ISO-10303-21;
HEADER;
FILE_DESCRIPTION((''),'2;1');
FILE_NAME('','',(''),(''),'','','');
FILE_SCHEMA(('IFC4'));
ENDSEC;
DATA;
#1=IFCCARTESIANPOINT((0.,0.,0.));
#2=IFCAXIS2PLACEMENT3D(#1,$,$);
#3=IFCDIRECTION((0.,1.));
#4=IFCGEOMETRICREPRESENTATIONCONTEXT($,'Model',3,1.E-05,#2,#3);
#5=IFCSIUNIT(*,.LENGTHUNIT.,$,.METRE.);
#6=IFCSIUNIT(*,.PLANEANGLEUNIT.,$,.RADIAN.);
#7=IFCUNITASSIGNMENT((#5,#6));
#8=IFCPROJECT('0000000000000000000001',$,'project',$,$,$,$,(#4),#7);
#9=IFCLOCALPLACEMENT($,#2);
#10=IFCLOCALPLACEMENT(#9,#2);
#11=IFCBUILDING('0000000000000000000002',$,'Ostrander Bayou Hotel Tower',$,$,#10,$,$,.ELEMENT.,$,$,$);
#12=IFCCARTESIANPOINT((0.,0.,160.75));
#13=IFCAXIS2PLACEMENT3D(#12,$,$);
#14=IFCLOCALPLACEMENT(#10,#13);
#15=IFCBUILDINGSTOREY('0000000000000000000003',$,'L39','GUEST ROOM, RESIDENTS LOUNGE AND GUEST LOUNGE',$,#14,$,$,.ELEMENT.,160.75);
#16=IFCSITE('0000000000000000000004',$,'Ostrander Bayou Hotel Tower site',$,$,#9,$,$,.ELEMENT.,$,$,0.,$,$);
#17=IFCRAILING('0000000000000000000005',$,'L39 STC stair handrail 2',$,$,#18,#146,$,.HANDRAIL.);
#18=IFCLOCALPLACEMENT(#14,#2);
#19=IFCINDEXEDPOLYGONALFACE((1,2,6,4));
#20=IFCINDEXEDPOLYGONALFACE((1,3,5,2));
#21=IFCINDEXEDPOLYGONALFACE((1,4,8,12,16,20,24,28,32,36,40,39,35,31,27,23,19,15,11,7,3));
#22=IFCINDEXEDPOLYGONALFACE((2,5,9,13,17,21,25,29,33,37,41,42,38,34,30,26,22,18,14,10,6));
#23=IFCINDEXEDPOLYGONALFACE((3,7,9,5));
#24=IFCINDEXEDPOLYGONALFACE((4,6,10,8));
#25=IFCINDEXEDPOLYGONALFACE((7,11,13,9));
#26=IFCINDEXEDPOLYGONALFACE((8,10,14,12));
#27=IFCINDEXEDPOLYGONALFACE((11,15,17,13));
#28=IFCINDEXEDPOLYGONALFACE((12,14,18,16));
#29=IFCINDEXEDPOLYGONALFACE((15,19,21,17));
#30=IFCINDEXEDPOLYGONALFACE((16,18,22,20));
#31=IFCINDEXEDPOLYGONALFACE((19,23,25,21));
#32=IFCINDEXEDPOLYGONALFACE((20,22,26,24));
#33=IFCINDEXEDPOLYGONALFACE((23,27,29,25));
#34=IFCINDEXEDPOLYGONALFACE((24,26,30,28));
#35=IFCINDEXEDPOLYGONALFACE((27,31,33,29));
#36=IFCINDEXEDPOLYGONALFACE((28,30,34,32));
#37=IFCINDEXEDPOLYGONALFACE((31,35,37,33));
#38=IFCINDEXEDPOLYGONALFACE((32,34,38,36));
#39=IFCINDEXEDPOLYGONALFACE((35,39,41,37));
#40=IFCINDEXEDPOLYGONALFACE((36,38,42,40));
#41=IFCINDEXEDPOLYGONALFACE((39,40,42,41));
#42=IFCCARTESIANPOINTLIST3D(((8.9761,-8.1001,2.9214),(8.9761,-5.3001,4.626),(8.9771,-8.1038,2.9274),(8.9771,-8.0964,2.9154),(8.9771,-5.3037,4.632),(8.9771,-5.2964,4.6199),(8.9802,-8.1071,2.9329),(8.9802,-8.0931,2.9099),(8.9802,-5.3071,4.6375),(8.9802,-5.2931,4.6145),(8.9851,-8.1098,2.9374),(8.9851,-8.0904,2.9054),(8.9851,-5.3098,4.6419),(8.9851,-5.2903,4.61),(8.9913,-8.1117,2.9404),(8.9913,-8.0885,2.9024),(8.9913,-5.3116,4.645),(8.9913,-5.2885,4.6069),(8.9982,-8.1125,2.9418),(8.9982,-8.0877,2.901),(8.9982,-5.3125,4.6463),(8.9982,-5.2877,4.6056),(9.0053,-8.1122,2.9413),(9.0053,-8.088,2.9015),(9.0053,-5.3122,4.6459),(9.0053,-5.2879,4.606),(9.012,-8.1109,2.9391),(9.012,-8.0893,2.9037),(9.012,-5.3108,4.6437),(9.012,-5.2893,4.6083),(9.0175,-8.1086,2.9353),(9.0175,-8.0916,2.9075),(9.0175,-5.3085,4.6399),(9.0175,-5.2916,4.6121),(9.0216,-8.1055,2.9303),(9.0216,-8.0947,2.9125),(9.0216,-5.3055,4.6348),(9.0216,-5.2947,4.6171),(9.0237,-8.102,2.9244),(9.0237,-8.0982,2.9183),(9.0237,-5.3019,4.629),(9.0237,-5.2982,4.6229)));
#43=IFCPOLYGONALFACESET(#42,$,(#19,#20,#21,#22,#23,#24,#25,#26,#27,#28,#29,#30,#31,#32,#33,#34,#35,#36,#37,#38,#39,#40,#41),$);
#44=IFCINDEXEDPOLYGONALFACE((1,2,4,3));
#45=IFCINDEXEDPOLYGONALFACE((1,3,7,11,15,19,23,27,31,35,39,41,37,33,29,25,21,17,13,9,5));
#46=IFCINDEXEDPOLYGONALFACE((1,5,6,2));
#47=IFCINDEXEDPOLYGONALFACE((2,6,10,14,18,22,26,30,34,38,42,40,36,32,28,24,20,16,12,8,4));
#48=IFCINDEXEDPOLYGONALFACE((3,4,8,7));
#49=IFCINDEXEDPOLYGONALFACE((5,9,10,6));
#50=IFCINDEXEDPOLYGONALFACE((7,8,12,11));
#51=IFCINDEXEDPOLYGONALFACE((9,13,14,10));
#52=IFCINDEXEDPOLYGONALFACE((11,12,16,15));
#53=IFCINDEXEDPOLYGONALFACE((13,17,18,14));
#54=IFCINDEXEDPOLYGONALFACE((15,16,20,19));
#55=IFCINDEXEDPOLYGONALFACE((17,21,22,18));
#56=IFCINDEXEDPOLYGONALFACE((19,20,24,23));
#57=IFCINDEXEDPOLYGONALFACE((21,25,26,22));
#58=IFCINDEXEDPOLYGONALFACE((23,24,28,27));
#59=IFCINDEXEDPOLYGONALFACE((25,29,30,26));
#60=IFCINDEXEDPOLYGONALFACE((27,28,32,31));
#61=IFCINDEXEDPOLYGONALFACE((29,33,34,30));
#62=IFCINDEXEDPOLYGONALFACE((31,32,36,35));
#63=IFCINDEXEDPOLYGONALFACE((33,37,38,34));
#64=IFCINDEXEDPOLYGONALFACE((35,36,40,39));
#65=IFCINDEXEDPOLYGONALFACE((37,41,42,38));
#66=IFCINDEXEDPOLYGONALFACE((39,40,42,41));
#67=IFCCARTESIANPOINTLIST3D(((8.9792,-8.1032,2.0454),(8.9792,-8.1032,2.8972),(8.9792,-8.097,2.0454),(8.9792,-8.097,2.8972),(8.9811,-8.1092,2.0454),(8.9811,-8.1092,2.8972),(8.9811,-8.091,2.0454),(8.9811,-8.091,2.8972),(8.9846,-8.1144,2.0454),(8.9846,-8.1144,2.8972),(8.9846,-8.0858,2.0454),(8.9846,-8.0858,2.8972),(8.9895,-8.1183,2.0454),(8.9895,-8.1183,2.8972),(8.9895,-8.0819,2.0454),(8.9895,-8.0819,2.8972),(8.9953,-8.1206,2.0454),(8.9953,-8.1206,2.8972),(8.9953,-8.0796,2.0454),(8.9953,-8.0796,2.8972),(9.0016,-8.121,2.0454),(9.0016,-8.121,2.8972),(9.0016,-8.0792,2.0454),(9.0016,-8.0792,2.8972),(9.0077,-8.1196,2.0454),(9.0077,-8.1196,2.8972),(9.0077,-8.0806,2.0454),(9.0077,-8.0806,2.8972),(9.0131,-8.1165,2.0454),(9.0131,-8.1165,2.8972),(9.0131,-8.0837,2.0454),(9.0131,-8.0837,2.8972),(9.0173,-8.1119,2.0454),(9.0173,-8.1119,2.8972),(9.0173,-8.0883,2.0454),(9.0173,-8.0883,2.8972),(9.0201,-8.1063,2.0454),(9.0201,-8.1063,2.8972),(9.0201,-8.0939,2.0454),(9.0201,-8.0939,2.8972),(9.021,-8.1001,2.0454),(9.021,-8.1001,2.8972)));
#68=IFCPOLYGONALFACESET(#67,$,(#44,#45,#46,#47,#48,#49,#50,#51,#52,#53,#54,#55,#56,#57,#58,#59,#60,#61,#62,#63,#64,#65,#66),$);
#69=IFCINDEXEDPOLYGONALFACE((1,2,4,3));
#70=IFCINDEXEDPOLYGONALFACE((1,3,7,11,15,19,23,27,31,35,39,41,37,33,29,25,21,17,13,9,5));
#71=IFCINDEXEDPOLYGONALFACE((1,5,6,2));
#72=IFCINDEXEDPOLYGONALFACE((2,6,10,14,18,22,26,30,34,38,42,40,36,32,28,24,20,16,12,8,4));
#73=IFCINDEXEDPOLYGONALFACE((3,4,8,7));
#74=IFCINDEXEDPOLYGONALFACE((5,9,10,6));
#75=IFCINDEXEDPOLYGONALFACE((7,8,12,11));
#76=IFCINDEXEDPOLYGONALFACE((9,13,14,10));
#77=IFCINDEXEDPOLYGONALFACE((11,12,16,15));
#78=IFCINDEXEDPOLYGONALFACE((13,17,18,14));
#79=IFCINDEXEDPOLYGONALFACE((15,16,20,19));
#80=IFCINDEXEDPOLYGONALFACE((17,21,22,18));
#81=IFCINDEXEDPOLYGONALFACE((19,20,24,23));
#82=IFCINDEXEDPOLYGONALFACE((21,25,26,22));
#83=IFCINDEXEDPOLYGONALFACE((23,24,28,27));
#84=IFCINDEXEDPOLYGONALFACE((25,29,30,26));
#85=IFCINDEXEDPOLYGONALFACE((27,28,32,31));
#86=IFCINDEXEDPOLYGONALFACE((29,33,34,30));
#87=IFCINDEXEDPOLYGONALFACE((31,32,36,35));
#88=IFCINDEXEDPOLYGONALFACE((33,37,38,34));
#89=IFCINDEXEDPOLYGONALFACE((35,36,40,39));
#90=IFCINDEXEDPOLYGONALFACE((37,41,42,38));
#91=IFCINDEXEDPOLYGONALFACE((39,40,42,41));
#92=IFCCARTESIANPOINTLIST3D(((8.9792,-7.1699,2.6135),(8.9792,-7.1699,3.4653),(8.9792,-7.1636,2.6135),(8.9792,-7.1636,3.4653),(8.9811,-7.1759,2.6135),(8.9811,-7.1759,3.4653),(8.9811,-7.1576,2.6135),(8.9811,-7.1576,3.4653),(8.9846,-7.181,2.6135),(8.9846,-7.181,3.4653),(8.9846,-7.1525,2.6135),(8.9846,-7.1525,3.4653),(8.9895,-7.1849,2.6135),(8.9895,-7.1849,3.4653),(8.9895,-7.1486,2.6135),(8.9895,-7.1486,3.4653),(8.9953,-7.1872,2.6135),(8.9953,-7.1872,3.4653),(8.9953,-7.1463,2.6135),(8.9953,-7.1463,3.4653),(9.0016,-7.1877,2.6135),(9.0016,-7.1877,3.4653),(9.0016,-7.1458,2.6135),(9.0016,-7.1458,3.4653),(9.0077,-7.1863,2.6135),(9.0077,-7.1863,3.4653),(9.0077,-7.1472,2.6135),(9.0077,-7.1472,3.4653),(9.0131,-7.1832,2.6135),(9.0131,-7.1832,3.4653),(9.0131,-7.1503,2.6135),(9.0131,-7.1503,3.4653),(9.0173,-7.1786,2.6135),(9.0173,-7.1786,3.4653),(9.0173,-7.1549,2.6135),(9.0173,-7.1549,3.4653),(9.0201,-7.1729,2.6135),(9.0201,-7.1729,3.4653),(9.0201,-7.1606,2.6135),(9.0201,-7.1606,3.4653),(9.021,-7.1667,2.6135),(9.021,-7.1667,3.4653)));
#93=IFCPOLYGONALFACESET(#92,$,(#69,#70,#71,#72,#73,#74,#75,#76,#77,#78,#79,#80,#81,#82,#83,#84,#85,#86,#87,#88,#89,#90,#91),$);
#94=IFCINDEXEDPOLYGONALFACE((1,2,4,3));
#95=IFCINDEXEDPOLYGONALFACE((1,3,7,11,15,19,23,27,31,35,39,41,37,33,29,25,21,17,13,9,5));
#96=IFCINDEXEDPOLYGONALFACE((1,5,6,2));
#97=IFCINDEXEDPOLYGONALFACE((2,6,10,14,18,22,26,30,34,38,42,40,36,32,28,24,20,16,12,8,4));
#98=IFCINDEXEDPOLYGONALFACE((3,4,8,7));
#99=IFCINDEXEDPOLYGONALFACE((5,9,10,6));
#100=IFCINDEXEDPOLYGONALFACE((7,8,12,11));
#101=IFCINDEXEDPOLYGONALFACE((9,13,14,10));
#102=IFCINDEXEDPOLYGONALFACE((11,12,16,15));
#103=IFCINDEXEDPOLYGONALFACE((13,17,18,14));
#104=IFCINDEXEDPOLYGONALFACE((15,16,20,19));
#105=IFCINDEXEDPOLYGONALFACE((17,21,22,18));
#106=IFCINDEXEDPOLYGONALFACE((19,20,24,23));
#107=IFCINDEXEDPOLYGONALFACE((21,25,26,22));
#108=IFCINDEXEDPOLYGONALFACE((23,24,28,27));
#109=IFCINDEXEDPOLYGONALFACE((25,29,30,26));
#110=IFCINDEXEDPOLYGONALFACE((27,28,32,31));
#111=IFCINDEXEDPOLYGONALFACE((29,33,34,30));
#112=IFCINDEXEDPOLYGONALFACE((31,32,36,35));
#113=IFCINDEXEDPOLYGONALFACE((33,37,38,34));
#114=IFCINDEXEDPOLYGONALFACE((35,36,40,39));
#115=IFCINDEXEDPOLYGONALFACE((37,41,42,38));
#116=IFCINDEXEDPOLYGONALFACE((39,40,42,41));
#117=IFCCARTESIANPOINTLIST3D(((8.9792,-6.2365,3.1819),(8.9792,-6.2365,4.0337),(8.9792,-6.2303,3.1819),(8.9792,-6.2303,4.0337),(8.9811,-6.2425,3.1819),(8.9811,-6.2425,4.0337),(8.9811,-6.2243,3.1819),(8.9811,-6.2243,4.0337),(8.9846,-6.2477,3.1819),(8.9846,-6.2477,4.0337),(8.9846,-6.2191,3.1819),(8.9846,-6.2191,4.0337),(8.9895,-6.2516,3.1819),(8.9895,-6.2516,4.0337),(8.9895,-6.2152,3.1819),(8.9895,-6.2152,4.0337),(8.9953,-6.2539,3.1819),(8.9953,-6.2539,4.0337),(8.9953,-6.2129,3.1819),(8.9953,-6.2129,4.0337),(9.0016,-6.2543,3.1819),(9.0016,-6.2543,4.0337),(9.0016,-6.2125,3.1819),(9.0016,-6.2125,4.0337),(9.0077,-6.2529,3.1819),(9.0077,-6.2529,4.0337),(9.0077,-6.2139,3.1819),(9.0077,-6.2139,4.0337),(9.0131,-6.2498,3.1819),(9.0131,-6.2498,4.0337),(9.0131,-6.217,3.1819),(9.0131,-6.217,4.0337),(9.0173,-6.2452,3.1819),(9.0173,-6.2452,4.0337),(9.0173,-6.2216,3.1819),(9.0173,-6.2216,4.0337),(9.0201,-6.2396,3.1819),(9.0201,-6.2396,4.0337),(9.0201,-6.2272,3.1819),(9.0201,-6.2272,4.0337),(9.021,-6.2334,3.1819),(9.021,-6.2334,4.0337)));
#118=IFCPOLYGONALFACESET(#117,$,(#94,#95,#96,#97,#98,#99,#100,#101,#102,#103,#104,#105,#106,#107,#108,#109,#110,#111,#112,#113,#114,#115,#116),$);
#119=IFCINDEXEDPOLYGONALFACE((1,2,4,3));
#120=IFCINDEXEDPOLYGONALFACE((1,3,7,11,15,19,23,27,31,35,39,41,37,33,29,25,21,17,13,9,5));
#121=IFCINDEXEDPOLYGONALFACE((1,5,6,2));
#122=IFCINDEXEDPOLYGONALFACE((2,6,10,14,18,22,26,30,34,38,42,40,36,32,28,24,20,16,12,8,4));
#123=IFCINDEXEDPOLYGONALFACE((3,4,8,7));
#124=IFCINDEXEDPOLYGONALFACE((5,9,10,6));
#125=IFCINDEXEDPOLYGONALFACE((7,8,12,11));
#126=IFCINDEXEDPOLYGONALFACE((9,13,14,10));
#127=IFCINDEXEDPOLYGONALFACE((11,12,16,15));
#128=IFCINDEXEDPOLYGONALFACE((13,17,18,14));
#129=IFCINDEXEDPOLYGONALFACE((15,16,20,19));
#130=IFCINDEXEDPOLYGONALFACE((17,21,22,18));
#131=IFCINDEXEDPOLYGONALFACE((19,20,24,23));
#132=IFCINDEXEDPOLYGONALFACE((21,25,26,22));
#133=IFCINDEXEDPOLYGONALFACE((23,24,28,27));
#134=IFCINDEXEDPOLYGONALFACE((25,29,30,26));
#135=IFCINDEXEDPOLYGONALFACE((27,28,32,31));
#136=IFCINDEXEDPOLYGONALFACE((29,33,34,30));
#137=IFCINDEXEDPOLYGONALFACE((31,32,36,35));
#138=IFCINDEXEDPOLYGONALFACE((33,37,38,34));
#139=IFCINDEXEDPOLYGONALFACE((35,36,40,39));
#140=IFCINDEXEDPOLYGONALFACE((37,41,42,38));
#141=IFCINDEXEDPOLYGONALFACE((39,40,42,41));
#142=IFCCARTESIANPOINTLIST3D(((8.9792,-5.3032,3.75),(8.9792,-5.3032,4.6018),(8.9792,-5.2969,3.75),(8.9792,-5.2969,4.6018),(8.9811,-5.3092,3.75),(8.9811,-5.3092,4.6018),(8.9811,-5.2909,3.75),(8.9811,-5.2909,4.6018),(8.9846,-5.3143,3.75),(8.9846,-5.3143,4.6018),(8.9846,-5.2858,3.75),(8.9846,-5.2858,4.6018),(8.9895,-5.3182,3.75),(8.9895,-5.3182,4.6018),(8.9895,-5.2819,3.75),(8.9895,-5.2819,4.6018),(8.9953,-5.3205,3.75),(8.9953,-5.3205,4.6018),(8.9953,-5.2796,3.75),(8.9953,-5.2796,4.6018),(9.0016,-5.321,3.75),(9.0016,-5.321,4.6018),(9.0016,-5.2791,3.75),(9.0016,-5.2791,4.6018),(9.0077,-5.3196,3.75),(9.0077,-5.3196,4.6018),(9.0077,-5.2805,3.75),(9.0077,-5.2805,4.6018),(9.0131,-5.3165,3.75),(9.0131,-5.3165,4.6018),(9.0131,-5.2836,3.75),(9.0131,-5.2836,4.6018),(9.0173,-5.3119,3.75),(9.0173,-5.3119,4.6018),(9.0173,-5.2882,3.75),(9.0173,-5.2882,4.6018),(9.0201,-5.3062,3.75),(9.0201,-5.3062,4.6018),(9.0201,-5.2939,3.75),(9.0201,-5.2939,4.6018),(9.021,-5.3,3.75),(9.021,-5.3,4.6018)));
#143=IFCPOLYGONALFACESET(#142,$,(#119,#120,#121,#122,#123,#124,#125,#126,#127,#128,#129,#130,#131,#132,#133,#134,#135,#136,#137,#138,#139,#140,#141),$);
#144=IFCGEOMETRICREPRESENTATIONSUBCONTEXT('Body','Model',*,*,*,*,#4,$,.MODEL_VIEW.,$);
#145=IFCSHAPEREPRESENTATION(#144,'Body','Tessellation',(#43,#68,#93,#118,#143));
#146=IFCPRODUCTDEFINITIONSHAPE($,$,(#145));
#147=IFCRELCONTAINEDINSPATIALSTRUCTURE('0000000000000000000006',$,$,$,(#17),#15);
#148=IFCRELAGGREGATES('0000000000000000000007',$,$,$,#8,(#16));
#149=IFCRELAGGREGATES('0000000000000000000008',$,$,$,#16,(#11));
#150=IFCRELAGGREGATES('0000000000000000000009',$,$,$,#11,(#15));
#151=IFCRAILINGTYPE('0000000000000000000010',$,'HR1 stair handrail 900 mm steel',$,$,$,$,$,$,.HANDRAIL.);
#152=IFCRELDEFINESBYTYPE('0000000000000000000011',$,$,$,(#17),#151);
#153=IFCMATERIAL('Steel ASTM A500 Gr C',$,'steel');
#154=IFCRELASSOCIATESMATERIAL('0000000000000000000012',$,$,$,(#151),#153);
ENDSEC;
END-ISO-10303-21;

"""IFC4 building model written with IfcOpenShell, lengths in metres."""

from ifc_helpers import new_model, si_unit, direction, frame, origin, origin_2d, place, context, subcontext, project, spatial, circle, extrude, material, type_object, element, save


model = new_model("IFC4")

# Units and contexts
model_context = context("Model", 3, precision=1e-05, world=origin(), true_north=direction((0.0, 1.0)))
body_context = subcontext(model_context, "Body", "Model", "MODEL_VIEW")
ifc_project = project(units=[si_unit("LENGTHUNIT", "METRE"), si_unit("PLANEANGLEUNIT", "RADIAN")], contexts=[model_context])

# Site, building, storey
site_placement = place(None, origin())
site = spatial("IfcSite", under=ifc_project, at=site_placement, Name="Ostrander Bayou Hotel Tower site", CompositionType="ELEMENT", RefElevation=0.0)
building_placement = place(site_placement, origin())
building = spatial("IfcBuilding", under=site, at=building_placement, Name="Ostrander Bayou Hotel Tower", CompositionType="ELEMENT")
storey_placement = place(building_placement, frame((0.0, 0.0, 160.75)))
storey = spatial("IfcBuildingStorey", under=building, at=storey_placement, Name="L39", Description="GUEST ROOM, RESIDENTS LOUNGE AND GUEST LOUNGE", CompositionType="ELEMENT", Elevation=160.75)

# Railing
ifc_material_1 = material(Name="Steel ASTM A500 Gr C", Category="steel")
railing_type_1 = type_object("IfcRailingType", Name="HR1 stair handrail 900 mm steel", PredefinedType="HANDRAIL", material=ifc_material_1)
railing_1_placement = place(storey_placement, frame((9.0, -8.1001, 2.0454)))
element("IfcRailing", 1, at=railing_1_placement, inside=storey, type_object=railing_type_1, Name="L39 STC stair handrail 2", PredefinedType="HANDRAIL", context=body_context, shape_type="SweptSolid", body=[
    extrude(circle(Radius=0.0239, at=origin_2d()), frame((0.0, 0.0, 0.876), z_axis=(0.0, 0.85417, 0.519994), x_axis=(-1.0, 0.0, 0.0)), (0.0, 0.0, 1.0), 3.2781),
    extrude(circle(Radius=0.021, at=origin_2d()), origin(), (0.0, 0.0, 1.0), 0.8518),
    extrude(circle(Radius=0.021, at=origin_2d()), frame((0.0, 0.9333, 0.5681)), (0.0, 0.0, 1.0), 0.8518),
    extrude(circle(Radius=0.021, at=origin_2d()), frame((0.0, 1.8667, 1.1365)), (0.0, 0.0, 1.0), 0.8518),
    extrude(circle(Radius=0.021, at=origin_2d()), frame((0.0, 2.8, 1.7046)), (0.0, 0.0, 1.0), 0.8518),
])

save(model, "model.ifc")
